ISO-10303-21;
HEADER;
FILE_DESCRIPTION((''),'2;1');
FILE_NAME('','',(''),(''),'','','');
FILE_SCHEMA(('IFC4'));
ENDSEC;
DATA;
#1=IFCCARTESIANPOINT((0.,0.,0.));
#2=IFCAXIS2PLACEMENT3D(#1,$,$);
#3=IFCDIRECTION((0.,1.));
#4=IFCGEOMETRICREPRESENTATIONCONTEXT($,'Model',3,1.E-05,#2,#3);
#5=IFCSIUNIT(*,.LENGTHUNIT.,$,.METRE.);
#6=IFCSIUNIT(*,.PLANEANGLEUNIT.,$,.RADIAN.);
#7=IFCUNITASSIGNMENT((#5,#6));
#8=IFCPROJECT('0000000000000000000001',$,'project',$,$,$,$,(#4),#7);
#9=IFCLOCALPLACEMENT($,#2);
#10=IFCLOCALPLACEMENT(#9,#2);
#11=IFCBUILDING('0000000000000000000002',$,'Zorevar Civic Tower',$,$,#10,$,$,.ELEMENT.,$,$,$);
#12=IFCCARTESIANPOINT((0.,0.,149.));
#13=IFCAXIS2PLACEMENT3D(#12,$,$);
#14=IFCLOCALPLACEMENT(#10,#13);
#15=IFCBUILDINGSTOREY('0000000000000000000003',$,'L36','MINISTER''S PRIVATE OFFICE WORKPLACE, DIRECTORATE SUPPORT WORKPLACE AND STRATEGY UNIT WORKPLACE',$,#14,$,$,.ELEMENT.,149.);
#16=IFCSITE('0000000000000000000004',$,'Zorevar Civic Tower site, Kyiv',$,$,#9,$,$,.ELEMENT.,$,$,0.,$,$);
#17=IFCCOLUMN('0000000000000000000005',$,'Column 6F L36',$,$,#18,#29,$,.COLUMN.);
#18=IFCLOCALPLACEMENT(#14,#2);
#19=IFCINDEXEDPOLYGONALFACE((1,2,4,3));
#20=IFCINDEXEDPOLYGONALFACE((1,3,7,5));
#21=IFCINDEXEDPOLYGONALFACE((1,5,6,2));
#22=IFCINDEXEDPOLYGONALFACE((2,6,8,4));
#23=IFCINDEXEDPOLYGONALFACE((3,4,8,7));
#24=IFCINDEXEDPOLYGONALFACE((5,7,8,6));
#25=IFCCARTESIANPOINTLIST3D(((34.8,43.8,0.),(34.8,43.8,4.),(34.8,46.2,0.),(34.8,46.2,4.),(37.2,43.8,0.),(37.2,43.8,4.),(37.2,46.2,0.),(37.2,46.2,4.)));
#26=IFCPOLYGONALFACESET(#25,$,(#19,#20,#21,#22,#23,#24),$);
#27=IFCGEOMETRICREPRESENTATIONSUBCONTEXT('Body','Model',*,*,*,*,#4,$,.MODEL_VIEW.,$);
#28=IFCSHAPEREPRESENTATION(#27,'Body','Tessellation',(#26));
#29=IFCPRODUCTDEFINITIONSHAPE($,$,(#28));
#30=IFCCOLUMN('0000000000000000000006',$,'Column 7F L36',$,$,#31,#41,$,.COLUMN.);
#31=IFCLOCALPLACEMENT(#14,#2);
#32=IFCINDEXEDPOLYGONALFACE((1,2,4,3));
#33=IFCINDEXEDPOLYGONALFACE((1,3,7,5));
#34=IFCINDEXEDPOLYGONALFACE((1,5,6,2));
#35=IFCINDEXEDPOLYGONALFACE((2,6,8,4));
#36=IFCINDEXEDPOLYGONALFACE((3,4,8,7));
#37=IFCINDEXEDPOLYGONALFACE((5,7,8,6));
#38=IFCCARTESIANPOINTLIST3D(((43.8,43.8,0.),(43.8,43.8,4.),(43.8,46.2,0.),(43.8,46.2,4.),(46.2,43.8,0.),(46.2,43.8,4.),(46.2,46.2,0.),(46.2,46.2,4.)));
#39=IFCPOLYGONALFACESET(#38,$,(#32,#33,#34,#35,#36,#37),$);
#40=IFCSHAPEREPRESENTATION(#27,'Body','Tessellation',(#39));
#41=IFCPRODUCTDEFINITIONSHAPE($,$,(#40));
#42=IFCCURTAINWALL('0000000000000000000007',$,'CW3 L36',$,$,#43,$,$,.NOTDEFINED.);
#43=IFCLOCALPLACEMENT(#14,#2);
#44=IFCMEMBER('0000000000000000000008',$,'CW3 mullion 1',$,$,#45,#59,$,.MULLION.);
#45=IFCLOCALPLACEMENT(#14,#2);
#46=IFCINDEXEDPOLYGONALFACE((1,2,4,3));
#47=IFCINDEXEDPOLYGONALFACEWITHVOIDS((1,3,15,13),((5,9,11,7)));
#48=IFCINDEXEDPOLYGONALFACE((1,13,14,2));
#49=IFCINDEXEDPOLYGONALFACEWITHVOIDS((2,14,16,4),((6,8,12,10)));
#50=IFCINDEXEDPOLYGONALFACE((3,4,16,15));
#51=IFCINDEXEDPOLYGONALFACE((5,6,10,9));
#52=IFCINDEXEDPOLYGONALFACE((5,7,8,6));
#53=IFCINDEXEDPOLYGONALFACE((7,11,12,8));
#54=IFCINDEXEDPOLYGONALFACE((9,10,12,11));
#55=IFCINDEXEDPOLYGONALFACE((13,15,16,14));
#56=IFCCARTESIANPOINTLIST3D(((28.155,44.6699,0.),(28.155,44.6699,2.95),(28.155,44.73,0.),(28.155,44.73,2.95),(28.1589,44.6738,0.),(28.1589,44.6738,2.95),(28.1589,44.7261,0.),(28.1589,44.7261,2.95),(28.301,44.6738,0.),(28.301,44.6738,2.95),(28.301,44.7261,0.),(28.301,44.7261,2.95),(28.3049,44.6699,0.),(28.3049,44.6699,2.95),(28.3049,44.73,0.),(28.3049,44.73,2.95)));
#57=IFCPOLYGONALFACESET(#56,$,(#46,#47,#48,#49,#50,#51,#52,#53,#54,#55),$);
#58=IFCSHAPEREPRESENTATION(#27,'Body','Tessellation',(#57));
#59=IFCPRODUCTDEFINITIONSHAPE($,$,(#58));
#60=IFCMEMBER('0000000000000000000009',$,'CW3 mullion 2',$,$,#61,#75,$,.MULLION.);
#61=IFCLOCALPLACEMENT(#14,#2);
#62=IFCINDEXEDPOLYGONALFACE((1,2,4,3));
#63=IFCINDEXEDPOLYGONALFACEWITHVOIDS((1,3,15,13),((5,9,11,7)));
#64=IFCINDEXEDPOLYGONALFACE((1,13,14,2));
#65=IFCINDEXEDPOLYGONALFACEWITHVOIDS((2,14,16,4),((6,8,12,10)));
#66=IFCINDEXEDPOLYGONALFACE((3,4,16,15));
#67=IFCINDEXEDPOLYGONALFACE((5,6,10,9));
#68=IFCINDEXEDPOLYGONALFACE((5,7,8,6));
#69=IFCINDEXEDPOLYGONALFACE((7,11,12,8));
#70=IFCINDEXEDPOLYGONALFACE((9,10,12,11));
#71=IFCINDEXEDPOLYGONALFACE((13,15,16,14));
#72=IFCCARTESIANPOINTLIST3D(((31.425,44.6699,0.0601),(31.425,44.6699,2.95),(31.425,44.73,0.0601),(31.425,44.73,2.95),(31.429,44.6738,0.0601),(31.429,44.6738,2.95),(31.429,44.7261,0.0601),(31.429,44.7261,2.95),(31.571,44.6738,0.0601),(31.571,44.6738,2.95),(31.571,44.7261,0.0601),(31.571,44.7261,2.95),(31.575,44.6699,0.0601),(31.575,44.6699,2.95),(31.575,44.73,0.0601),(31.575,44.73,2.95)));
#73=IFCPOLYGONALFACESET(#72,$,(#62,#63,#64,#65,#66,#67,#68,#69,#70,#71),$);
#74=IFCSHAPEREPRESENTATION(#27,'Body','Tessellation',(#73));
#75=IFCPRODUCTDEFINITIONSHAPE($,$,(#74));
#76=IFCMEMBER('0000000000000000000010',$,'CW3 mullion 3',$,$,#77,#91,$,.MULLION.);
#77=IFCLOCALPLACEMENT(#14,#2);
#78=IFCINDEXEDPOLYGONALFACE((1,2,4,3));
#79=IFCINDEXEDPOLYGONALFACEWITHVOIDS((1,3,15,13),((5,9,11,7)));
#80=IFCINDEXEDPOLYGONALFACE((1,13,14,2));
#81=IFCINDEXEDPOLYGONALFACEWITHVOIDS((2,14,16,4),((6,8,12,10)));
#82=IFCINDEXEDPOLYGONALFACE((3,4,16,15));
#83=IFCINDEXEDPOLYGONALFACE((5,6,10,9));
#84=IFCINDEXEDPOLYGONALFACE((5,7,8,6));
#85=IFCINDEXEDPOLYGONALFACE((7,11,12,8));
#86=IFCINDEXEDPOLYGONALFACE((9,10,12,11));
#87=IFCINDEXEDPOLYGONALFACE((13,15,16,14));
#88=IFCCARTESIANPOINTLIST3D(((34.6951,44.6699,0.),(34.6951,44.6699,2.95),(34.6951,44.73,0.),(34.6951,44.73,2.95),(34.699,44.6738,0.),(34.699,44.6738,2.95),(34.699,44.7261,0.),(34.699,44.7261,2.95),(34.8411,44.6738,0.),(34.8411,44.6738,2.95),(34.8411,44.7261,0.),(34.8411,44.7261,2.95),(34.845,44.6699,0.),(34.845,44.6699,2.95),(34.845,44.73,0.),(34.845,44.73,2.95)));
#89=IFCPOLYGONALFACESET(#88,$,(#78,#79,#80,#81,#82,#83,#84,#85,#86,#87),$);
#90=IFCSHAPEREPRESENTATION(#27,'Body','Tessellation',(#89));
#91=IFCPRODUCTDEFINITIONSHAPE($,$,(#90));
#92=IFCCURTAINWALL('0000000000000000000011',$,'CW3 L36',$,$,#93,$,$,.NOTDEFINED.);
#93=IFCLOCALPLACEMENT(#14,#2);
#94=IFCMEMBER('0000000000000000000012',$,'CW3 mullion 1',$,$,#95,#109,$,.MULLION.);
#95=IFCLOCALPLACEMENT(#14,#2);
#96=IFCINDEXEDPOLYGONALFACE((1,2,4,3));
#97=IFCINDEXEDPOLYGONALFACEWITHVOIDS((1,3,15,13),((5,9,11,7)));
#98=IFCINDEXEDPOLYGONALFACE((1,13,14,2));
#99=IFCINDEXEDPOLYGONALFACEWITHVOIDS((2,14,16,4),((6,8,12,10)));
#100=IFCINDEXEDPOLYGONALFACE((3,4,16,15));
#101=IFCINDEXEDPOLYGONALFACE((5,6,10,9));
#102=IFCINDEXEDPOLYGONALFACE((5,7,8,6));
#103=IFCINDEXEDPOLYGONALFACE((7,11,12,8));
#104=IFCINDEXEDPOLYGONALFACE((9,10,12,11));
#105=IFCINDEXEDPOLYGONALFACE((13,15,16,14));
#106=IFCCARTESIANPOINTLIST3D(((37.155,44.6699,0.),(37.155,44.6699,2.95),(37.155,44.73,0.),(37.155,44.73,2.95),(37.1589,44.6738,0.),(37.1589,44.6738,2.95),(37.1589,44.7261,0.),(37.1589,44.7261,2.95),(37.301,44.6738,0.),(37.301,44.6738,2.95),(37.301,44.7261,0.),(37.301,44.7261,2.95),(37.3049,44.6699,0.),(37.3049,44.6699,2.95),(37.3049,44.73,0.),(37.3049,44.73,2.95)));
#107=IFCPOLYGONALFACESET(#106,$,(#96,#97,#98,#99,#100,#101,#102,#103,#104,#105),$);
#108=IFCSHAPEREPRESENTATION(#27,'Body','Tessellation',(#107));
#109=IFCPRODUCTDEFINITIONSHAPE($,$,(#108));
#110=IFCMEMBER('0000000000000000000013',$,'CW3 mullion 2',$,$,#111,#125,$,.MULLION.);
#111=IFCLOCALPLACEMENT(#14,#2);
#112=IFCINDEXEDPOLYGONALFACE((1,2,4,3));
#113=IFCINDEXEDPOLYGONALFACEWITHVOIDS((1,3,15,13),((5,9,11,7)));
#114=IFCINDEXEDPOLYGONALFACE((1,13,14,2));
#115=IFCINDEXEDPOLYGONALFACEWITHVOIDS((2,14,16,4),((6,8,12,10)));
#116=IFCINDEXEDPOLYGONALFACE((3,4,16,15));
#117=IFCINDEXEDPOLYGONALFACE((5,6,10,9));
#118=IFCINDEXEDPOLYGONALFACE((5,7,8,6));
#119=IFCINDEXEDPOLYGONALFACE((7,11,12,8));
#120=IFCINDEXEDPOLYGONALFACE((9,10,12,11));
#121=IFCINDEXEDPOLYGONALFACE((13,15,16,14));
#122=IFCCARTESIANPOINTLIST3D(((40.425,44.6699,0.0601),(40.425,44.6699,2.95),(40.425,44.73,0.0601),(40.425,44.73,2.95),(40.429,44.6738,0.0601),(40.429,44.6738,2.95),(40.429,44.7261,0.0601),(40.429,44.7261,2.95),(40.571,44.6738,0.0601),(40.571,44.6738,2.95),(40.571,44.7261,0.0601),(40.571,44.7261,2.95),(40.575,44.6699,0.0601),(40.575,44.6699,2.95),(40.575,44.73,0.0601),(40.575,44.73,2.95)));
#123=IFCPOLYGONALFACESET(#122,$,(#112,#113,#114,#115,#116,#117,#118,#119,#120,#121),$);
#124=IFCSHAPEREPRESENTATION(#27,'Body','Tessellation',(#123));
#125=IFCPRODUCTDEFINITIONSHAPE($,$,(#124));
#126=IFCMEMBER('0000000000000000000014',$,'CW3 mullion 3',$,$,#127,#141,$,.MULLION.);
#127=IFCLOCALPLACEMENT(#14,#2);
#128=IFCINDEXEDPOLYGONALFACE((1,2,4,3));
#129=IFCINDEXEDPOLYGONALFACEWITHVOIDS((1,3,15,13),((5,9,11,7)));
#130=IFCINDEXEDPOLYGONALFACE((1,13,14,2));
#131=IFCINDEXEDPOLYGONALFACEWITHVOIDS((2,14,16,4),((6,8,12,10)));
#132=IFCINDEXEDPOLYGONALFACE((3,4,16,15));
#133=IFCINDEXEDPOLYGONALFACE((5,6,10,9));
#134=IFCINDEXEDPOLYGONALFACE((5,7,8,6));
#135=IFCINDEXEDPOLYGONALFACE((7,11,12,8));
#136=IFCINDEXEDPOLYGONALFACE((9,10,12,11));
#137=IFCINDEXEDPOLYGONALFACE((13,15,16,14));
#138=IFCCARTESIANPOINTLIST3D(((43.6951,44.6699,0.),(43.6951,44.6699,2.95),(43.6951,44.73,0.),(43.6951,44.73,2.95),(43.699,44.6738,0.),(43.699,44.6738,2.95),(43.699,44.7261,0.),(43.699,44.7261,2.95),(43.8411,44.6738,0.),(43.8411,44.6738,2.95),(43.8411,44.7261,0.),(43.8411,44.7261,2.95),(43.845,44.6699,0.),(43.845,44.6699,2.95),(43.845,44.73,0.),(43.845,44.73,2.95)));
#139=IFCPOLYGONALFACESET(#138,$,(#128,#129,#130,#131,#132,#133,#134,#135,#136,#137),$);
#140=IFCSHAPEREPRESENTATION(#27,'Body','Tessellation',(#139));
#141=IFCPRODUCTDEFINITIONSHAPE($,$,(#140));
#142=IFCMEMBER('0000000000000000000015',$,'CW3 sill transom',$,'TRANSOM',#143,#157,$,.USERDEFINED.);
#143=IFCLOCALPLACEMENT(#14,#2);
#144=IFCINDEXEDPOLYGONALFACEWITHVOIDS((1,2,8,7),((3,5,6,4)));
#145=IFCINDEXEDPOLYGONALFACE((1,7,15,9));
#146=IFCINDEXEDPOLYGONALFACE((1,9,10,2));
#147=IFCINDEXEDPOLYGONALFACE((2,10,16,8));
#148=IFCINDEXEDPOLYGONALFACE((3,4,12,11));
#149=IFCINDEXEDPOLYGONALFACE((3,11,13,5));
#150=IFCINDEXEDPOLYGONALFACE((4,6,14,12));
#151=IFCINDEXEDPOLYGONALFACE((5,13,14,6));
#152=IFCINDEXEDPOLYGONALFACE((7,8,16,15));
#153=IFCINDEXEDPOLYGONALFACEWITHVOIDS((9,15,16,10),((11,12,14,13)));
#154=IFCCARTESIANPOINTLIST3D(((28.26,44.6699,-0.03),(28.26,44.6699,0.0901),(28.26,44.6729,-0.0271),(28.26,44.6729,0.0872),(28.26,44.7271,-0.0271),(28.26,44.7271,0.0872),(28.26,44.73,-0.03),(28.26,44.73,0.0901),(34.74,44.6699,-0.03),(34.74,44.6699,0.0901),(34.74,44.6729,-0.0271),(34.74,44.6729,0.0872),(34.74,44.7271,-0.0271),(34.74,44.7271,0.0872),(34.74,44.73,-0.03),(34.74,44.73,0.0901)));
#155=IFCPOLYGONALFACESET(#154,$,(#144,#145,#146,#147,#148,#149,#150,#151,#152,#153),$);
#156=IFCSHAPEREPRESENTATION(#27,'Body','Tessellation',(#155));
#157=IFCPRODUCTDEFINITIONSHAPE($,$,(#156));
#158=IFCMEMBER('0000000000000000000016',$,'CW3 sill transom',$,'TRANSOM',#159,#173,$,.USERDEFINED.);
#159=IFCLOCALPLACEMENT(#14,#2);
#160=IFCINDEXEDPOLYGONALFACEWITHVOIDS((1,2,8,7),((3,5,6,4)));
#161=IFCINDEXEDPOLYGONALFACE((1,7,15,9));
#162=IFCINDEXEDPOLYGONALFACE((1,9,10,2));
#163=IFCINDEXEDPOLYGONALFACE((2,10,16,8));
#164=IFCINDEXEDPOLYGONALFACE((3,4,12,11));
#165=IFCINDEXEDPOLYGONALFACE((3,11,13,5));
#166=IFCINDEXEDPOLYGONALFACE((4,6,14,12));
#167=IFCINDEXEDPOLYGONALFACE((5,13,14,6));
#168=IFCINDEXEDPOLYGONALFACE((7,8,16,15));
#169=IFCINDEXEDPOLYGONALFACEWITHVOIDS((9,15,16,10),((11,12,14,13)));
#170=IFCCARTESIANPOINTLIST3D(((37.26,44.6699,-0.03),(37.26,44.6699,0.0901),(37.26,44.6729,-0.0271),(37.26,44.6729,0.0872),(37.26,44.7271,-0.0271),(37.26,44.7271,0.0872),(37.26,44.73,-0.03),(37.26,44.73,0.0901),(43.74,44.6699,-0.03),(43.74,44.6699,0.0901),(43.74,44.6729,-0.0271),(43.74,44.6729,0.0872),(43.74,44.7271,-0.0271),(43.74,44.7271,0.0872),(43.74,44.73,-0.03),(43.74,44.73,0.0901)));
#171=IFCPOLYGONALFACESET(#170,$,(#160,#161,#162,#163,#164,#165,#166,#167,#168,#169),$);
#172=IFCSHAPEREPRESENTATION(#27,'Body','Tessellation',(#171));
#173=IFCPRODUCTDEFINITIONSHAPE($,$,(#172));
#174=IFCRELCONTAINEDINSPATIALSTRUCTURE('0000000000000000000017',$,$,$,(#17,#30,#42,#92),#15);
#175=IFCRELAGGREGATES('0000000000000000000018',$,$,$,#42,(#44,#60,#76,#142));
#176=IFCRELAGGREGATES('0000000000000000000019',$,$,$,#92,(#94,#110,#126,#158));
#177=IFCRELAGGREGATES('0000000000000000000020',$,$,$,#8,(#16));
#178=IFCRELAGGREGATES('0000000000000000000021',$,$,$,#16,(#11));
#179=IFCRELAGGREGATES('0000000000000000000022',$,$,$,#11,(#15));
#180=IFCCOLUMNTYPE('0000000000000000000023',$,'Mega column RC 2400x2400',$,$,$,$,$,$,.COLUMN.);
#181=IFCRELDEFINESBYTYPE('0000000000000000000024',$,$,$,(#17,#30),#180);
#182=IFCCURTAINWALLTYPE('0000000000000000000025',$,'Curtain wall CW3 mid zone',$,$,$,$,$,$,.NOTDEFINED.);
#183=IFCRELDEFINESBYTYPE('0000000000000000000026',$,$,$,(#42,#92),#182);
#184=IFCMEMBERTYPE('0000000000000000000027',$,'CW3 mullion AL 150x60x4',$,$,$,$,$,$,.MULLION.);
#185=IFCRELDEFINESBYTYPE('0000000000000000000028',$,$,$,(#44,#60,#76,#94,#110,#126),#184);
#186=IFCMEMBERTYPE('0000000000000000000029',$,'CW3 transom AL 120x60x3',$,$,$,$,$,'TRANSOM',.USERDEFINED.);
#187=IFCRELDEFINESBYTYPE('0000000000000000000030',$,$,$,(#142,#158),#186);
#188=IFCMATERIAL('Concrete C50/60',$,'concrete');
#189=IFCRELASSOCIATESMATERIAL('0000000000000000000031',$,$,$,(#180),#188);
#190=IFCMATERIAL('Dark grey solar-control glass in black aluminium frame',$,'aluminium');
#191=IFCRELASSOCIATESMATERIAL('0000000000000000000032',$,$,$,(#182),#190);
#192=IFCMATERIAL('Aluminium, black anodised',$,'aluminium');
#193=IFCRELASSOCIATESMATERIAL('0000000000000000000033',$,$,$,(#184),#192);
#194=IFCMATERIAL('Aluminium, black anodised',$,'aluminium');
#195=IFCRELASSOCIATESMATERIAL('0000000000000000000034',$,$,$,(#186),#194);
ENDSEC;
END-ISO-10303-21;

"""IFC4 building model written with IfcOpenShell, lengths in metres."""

from ifc_helpers import new_model, si_unit, direction, frame, origin, origin_2d, place, context, subcontext, project, spatial, rectangle, hollow_rectangle, extrude, material, material_profile, profile_set, type_object, element, aggregate, save


model = new_model("IFC4")

# Units and contexts
model_context = context("Model", 3, precision=1e-05, world=origin(), true_north=direction((0.0, 1.0)))
body_context = subcontext(model_context, "Body", "Model", "MODEL_VIEW")
ifc_project = project(units=[si_unit("LENGTHUNIT", "METRE"), si_unit("PLANEANGLEUNIT", "RADIAN")], contexts=[model_context])

# Site, building, storey
site_placement = place(None, origin())
site = spatial("IfcSite", under=ifc_project, at=site_placement, Name="Zorevar Civic Tower site, Kyiv", CompositionType="ELEMENT", RefElevation=0.0)
building_placement = place(site_placement, origin())
building = spatial("IfcBuilding", under=site, at=building_placement, Name="Zorevar Civic Tower", CompositionType="ELEMENT")
storey_placement = place(building_placement, frame((0.0, 0.0, 149.0)))
storey = spatial("IfcBuildingStorey", under=building, at=storey_placement, Name="L36", Description="MINISTER'S PRIVATE OFFICE WORKPLACE, DIRECTORATE SUPPORT WORKPLACE AND STRATEGY UNIT WORKPLACE", CompositionType="ELEMENT", Elevation=149.0)

# Columns
ifc_material_1 = material(Name="Concrete C50/60", Category="concrete")
ifc_material_profile_1 = material_profile(ifc_material_1, rectangle(XDim=2.3999, YDim=2.3999, at=origin_2d()), Name="RC 2400x2400")
ifc_profile_set_1 = profile_set([ifc_material_profile_1], Name="Concrete C50/60")
column_type = type_object("IfcColumnType", Name="Mega column RC 2400x2400", PredefinedType="COLUMN", material=ifc_profile_set_1)
for number, where, z_axis, x_axis, name in (
    (1, (36.0, 45.0, 0.0), (0.0, 0.0, 1.0), (1.0, 0.0, 0.0), "Column 6F L36"),
    (2, (45.0, 45.0, 0.0), (0.0, 0.0, 1.0), (1.0, 0.0, 0.0), "Column 7F L36"),
):
    element("IfcColumn", number, at=place(storey_placement, frame(where, z_axis=z_axis, x_axis=x_axis)), inside=storey, type_object=column_type, Name=name, PredefinedType="COLUMN", context=body_context, shape_type="SweptSolid", body=[
        extrude(rectangle(XDim=2.3999, YDim=2.3999, at=origin_2d()), origin(), (0.0, 0.0, 1.0), 4.0),
    ])

# Curtain walls, members
ifc_material_2 = material(Name="Dark grey solar-control glass in black aluminium frame", Category="aluminium")
curtain_wall_type = type_object("IfcCurtainWallType", Name="Curtain wall CW3 mid zone", PredefinedType="NOTDEFINED", material=ifc_material_2)
curtain_wall_1_placement = place(storey_placement, origin())
curtain_wall_1 = element("IfcCurtainWall", 3, at=curtain_wall_1_placement, inside=storey, type_object=curtain_wall_type, Name="CW3 L36", PredefinedType="NOTDEFINED")
ifc_material_3 = material(Name="Aluminium, black anodised", Category="aluminium")
ifc_material_profile_2 = material_profile(ifc_material_3, hollow_rectangle(XDim=0.0601, YDim=0.1499, WallThickness=0.0039, at=origin_2d()), Name="AL 150x60x4")
ifc_profile_set_2 = profile_set([ifc_material_profile_2], Name="Aluminium, black anodised")
member_type_1 = type_object("IfcMemberType", Name="CW3 mullion AL 150x60x4", PredefinedType="MULLION", material=ifc_profile_set_2)
member_1_placement = place(storey_placement, frame((28.23, 44.7, 0.0), z_axis=(0.0, 0.0, 1.0), x_axis=(0.0, 1.0, 0.0)))
member_1 = element("IfcMember", 4, at=member_1_placement, type_object=member_type_1, Name="CW3 mullion 1", PredefinedType="MULLION", context=body_context, shape_type="SweptSolid", body=[
    extrude(hollow_rectangle(XDim=0.0601, YDim=0.1499, WallThickness=0.0039, at=origin_2d()), origin(), (0.0, 0.0, 1.0), 2.95),
])
member_2_placement = place(storey_placement, frame((31.5, 44.7, 0.0601), z_axis=(0.0, 0.0, 1.0), x_axis=(0.0, 1.0, 0.0)))
member_2 = element("IfcMember", 5, at=member_2_placement, type_object=member_type_1, Name="CW3 mullion 2", PredefinedType="MULLION", context=body_context, shape_type="SweptSolid", body=[
    extrude(hollow_rectangle(XDim=0.0601, YDim=0.1499, WallThickness=0.0039, at=origin_2d()), origin(), (0.0, 0.0, 1.0), 2.8899),
])
member_3_placement = place(storey_placement, frame((34.77, 44.7, 0.0), z_axis=(0.0, 0.0, 1.0), x_axis=(0.0, 1.0, 0.0)))
member_3 = element("IfcMember", 6, at=member_3_placement, type_object=member_type_1, Name="CW3 mullion 3", PredefinedType="MULLION", context=body_context, shape_type="SweptSolid", body=[
    extrude(hollow_rectangle(XDim=0.0601, YDim=0.1499, WallThickness=0.0039, at=origin_2d()), origin(), (0.0, 0.0, 1.0), 2.95),
])
curtain_wall_2_placement = place(storey_placement, origin())
curtain_wall_2 = element("IfcCurtainWall", 7, at=curtain_wall_2_placement, inside=storey, type_object=curtain_wall_type, Name="CW3 L36", PredefinedType="NOTDEFINED")
member_4_placement = place(storey_placement, frame((37.23, 44.7, 0.0), z_axis=(0.0, 0.0, 1.0), x_axis=(0.0, 1.0, 0.0)))
member_4 = element("IfcMember", 8, at=member_4_placement, type_object=member_type_1, Name="CW3 mullion 1", PredefinedType="MULLION", context=body_context, shape_type="SweptSolid", body=[
    extrude(hollow_rectangle(XDim=0.0601, YDim=0.1499, WallThickness=0.0039, at=origin_2d()), origin(), (0.0, 0.0, 1.0), 2.95),
])
member_5_placement = place(storey_placement, frame((40.5, 44.7, 0.0601), z_axis=(0.0, 0.0, 1.0), x_axis=(0.0, 1.0, 0.0)))
member_5 = element("IfcMember", 9, at=member_5_placement, type_object=member_type_1, Name="CW3 mullion 2", PredefinedType="MULLION", context=body_context, shape_type="SweptSolid", body=[
    extrude(hollow_rectangle(XDim=0.0601, YDim=0.1499, WallThickness=0.0039, at=origin_2d()), origin(), (0.0, 0.0, 1.0), 2.8899),
])
member_6_placement = place(storey_placement, frame((43.77, 44.7, 0.0), z_axis=(0.0, 0.0, 1.0), x_axis=(0.0, 1.0, 0.0)))
member_6 = element("IfcMember", 10, at=member_6_placement, type_object=member_type_1, Name="CW3 mullion 3", PredefinedType="MULLION", context=body_context, shape_type="SweptSolid", body=[
    extrude(hollow_rectangle(XDim=0.0601, YDim=0.1499, WallThickness=0.0039, at=origin_2d()), origin(), (0.0, 0.0, 1.0), 2.95),
])

# Members
ifc_material_4 = material(Name="Aluminium, black anodised", Category="aluminium")
ifc_material_profile_3 = material_profile(ifc_material_4, hollow_rectangle(XDim=0.0601, YDim=0.1201, WallThickness=0.0029, at=origin_2d()), Name="AL 120x60x3")
ifc_profile_set_3 = profile_set([ifc_material_profile_3], Name="Aluminium, black anodised")
member_type_2 = type_object("IfcMemberType", Name="CW3 transom AL 120x60x3", ElementType="TRANSOM", PredefinedType="USERDEFINED", material=ifc_profile_set_3)
member_7_placement = place(storey_placement, frame((28.26, 44.7, 0.03), z_axis=(1.0, 0.0, 0.0), x_axis=(0.0, 1.0, 0.0)))
member_7 = element("IfcMember", 11, at=member_7_placement, type_object=member_type_2, Name="CW3 sill transom", ObjectType="TRANSOM", PredefinedType="USERDEFINED", context=body_context, shape_type="SweptSolid", body=[
    extrude(hollow_rectangle(XDim=0.0601, YDim=0.1201, WallThickness=0.0029, at=origin_2d()), origin(), (0.0, 0.0, 1.0), 6.48),
])
member_8_placement = place(storey_placement, frame((37.26, 44.7, 0.03), z_axis=(1.0, 0.0, 0.0), x_axis=(0.0, 1.0, 0.0)))
member_8 = element("IfcMember", 12, at=member_8_placement, type_object=member_type_2, Name="CW3 sill transom", ObjectType="TRANSOM", PredefinedType="USERDEFINED", context=body_context, shape_type="SweptSolid", body=[
    extrude(hollow_rectangle(XDim=0.0601, YDim=0.1201, WallThickness=0.0029, at=origin_2d()), origin(), (0.0, 0.0, 1.0), 6.48),
])

aggregate(curtain_wall_1, [member_1, member_2, member_3, member_7])
aggregate(curtain_wall_2, [member_4, member_5, member_6, member_8])

save(model, "model.ifc")
